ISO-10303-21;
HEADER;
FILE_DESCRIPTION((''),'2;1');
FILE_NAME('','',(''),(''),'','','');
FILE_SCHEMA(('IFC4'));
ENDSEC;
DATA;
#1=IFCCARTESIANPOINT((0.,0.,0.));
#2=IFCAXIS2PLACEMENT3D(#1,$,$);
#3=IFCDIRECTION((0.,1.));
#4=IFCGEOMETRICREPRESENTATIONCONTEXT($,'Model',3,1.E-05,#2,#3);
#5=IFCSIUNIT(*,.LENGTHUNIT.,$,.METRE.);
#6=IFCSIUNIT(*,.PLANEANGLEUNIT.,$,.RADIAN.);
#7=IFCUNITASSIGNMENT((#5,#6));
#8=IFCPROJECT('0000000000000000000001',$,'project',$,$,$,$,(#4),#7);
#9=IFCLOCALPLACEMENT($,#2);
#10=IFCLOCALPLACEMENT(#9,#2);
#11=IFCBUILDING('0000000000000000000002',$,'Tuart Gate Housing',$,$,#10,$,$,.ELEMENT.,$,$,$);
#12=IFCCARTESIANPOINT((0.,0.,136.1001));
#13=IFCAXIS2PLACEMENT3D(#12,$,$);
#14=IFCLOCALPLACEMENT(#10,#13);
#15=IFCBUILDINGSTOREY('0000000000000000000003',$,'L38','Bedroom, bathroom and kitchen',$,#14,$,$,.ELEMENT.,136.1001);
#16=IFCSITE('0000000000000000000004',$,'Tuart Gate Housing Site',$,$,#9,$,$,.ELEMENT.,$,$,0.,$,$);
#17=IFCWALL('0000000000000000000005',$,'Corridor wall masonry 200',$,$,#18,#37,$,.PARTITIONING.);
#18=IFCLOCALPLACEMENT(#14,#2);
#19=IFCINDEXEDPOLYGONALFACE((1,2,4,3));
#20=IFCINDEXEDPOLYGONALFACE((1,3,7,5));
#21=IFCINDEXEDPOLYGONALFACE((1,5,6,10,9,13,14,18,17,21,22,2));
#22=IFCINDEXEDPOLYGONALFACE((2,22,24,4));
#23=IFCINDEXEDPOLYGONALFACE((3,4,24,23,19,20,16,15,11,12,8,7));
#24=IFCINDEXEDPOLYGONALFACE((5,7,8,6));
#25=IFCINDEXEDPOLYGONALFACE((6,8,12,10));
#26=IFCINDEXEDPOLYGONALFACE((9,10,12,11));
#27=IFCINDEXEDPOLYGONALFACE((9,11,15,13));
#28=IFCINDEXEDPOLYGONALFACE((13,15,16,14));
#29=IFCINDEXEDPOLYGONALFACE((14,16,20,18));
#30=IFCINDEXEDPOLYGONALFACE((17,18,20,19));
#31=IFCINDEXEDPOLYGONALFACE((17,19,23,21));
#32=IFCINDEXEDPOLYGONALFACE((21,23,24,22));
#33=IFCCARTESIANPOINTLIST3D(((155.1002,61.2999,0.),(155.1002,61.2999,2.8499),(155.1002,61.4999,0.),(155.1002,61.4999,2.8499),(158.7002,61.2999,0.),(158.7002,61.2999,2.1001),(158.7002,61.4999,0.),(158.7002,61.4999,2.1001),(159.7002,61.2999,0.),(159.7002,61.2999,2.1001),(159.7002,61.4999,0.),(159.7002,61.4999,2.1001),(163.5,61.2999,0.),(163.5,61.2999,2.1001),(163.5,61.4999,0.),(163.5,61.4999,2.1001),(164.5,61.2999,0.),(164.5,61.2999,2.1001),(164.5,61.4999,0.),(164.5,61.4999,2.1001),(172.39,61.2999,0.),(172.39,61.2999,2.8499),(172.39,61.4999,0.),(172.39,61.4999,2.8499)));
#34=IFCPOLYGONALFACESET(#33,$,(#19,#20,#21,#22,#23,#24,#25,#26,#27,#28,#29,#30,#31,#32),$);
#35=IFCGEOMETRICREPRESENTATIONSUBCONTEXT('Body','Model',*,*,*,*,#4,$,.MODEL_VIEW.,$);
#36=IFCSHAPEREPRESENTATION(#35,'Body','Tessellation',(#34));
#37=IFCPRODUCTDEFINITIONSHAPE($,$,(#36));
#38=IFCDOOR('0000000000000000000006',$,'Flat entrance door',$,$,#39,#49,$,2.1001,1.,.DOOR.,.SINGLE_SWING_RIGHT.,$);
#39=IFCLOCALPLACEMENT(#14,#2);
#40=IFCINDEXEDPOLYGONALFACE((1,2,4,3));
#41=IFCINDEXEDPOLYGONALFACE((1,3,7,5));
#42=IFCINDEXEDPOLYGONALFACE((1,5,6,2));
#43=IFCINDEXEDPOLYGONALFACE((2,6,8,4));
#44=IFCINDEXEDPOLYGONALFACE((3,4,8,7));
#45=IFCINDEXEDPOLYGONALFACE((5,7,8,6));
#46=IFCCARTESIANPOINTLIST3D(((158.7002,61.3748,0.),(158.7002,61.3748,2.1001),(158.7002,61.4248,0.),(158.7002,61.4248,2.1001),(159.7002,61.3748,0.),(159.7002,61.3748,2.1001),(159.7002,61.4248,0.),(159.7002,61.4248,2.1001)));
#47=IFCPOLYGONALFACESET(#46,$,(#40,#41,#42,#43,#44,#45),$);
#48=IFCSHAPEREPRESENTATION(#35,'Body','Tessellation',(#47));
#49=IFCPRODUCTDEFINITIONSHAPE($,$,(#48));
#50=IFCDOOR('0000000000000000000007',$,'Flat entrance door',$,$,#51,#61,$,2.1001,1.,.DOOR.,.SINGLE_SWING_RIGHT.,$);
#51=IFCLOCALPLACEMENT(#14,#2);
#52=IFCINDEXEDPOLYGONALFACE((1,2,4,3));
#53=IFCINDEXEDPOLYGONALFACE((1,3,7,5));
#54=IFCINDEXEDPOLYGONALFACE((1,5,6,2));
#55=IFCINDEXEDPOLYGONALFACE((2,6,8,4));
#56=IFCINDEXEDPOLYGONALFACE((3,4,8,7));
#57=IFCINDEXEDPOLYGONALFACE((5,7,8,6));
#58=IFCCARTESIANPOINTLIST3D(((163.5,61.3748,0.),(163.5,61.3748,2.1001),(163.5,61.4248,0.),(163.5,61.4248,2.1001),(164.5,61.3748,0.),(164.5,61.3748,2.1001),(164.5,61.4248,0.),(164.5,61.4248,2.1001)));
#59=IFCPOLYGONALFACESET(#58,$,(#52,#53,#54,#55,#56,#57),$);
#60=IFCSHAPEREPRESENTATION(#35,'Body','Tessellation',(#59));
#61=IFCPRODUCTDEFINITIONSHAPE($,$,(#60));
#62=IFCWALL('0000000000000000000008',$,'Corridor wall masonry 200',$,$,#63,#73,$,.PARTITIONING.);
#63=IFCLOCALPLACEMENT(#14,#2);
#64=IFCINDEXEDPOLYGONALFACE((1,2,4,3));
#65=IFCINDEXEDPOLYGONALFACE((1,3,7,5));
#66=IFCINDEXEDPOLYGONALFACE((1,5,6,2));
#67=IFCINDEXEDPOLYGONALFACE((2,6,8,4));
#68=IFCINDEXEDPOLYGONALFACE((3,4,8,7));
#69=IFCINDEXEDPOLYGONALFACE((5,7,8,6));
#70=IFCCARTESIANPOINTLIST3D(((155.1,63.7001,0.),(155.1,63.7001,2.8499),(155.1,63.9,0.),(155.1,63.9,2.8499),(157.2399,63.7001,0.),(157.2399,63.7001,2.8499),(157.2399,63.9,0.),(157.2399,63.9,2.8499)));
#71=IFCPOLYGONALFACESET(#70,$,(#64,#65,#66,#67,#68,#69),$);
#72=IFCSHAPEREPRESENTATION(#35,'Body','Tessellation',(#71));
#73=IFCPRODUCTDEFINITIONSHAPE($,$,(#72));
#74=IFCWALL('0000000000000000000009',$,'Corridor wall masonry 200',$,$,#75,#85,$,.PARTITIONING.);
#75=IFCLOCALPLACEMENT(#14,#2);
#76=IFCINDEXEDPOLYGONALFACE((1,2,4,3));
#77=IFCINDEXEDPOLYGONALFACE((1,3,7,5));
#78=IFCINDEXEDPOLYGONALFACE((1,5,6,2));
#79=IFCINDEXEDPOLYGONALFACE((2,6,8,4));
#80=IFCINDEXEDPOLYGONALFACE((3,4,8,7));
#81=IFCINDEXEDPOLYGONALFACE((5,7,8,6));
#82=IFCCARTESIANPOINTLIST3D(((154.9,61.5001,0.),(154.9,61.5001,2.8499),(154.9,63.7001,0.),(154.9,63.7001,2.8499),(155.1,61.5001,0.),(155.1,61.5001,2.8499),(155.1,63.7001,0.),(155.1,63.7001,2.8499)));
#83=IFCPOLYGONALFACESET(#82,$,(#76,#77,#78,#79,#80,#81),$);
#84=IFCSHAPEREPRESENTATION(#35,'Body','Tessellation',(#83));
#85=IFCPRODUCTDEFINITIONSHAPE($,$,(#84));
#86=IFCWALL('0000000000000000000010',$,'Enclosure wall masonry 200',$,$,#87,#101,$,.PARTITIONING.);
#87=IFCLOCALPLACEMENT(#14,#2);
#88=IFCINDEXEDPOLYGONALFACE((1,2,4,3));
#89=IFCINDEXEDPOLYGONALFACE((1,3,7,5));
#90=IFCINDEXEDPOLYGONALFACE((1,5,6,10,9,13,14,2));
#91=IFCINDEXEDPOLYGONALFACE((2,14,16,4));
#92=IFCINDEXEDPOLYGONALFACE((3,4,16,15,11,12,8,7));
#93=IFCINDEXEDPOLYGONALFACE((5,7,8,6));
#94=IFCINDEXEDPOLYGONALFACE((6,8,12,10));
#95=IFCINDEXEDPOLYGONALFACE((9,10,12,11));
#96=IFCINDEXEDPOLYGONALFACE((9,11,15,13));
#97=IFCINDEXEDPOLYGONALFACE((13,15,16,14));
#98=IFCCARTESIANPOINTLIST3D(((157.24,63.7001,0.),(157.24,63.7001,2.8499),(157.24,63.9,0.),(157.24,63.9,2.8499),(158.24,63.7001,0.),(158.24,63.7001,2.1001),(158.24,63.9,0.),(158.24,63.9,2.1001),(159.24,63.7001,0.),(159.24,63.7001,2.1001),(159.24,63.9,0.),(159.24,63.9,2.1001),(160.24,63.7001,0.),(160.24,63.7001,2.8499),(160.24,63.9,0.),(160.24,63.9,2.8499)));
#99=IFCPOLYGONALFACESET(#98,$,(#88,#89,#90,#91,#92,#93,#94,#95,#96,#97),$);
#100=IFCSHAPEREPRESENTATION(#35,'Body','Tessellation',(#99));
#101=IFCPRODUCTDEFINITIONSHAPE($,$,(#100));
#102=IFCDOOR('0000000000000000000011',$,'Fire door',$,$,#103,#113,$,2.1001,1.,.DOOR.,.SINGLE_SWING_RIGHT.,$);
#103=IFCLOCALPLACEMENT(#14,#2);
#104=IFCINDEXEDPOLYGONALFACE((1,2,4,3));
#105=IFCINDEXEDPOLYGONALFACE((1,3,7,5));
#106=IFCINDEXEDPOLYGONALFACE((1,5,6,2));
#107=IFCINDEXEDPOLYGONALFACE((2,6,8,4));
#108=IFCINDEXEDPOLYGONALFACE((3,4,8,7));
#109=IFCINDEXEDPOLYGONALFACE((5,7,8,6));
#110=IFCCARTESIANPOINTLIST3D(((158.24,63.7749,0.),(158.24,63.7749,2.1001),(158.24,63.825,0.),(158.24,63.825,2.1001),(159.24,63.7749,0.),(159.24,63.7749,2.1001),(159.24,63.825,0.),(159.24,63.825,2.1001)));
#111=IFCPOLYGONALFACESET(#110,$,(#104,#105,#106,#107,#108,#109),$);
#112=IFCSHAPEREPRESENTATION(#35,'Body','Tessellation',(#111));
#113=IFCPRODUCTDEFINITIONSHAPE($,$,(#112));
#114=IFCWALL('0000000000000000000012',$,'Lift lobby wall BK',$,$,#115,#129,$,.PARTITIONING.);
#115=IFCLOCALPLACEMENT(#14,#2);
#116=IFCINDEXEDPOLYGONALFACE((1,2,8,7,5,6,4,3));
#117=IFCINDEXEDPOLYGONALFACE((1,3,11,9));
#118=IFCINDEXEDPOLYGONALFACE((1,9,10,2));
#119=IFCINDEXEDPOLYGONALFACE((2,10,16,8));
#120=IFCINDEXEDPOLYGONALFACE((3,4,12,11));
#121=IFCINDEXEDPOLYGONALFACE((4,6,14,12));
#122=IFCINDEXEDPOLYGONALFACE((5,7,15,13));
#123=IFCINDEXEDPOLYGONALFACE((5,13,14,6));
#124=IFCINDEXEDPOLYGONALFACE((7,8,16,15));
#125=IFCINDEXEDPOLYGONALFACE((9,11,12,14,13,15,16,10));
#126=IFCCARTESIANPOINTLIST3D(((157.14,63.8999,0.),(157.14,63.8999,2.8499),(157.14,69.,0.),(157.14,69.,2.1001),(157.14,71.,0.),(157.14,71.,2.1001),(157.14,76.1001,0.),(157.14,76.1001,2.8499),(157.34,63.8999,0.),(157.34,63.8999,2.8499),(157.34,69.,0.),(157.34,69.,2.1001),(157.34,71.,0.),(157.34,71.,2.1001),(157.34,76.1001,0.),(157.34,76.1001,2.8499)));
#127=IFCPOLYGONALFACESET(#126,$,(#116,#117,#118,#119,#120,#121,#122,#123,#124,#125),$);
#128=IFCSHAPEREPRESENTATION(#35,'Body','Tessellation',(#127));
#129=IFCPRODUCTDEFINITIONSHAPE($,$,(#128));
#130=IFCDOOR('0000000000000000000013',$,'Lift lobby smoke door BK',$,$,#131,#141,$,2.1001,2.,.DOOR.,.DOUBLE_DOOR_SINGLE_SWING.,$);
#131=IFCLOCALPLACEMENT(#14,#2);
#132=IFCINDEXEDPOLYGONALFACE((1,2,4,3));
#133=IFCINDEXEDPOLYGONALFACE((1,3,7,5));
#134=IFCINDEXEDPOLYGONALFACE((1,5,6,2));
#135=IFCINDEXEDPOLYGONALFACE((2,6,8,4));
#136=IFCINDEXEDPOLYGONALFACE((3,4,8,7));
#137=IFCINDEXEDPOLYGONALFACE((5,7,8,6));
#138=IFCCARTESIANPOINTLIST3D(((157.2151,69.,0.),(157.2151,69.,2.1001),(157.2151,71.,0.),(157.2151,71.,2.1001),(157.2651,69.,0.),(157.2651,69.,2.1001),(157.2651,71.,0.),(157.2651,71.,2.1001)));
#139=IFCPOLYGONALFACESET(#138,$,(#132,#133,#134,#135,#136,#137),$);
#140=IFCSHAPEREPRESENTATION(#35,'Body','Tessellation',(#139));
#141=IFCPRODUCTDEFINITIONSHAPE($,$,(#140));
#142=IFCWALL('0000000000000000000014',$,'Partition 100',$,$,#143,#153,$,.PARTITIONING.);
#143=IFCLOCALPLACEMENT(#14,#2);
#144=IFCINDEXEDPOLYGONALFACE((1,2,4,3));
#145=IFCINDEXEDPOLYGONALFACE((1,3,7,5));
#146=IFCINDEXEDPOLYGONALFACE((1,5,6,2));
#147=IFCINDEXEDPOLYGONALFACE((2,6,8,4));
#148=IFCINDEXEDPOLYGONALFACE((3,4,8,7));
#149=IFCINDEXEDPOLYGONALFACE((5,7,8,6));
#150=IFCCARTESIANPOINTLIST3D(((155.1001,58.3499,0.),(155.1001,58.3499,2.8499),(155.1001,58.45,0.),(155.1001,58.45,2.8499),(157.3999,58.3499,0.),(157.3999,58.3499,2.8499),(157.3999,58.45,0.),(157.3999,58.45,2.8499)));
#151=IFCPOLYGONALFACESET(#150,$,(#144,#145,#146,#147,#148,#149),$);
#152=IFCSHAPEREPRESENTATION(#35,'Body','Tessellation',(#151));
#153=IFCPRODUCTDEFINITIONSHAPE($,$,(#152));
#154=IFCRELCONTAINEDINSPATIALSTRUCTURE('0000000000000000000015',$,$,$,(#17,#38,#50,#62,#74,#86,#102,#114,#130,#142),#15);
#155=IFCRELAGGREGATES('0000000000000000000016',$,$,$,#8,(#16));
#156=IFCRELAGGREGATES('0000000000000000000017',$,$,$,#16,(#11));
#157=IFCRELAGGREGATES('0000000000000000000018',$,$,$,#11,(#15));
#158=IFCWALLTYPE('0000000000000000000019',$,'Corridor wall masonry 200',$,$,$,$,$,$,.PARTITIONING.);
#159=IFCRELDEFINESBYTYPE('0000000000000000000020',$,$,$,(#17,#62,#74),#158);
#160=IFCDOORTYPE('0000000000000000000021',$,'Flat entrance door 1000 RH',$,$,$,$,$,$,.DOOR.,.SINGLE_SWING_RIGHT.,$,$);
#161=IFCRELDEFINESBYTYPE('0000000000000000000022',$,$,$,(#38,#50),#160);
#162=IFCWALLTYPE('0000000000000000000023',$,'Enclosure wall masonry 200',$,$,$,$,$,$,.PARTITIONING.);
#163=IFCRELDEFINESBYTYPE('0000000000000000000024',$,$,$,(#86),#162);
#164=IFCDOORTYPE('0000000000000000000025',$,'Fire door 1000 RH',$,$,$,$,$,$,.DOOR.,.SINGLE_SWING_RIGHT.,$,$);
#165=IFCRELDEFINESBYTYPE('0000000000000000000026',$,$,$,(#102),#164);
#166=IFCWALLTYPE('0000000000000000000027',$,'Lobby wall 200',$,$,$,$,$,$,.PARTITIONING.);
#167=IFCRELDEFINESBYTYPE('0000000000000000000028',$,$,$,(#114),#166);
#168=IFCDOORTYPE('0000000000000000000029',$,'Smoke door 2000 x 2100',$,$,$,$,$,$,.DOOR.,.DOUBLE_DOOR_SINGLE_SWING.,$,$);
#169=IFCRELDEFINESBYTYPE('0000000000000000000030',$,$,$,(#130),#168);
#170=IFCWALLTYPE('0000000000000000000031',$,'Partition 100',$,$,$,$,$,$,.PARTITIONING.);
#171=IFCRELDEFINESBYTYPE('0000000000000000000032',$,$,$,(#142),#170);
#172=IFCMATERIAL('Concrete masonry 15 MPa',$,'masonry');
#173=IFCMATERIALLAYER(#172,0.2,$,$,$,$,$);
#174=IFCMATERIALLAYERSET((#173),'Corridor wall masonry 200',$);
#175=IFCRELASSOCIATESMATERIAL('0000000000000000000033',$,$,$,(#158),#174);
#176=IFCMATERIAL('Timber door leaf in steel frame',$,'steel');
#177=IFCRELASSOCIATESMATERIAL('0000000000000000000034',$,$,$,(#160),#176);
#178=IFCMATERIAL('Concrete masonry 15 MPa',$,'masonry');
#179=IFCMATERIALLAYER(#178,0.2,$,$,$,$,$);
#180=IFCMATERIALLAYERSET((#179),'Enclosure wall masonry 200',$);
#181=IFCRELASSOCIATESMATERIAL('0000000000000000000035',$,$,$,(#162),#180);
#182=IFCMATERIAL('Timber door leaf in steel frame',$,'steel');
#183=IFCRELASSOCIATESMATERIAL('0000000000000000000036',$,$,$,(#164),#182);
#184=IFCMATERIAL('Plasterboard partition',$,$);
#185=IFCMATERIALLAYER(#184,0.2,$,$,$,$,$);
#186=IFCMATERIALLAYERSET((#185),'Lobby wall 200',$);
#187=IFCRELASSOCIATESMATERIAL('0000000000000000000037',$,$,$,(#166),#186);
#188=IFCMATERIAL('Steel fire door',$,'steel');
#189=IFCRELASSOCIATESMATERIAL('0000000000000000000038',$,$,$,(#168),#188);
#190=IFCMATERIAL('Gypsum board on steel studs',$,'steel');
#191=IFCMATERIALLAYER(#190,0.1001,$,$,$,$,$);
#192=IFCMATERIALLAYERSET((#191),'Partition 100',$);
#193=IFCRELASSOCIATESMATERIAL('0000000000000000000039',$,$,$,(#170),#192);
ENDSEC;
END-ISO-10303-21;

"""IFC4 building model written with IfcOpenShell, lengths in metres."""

from ifc_helpers import new_model, si_unit, direction, frame, frame_2d, origin, place, context, subcontext, project, spatial, rectangle, extrude, material, layer, layer_set, type_object, element, fill, save


model = new_model("IFC4")

# Units and contexts
model_context = context("Model", 3, precision=1e-05, world=origin(), true_north=direction((0.0, 1.0)))
body_context = subcontext(model_context, "Body", "Model", "MODEL_VIEW")
ifc_project = project(units=[si_unit("LENGTHUNIT", "METRE"), si_unit("PLANEANGLEUNIT", "RADIAN")], contexts=[model_context])

# Site, building, storey
site_placement = place(None, origin())
site = spatial("IfcSite", under=ifc_project, at=site_placement, Name="Tuart Gate Housing Site", CompositionType="ELEMENT", RefElevation=0.0)
building_placement = place(site_placement, origin())
building = spatial("IfcBuilding", under=site, at=building_placement, Name="Tuart Gate Housing", CompositionType="ELEMENT")
storey_placement = place(building_placement, frame((0.0, 0.0, 136.1001)))
storey = spatial("IfcBuildingStorey", under=building, at=storey_placement, Name="L38", Description="Bedroom, bathroom and kitchen", CompositionType="ELEMENT", Elevation=136.1001)

# Wall, openings, doors
ifc_material_1 = material(Name="Concrete masonry 15 MPa", Category="masonry")
ifc_layer_1 = layer(ifc_material_1, 0.2)
ifc_layer_set_1 = layer_set([ifc_layer_1], Name="Corridor wall masonry 200")
wall_type_1 = type_object("IfcWallType", Name="Corridor wall masonry 200", PredefinedType="PARTITIONING", material=ifc_layer_set_1)
wall_1_placement = place(storey_placement, frame((155.1001, 61.3999, 0.0), z_axis=(0.0, 0.0, 1.0), x_axis=(1.0, 0.0, 0.0)))
wall_1 = element("IfcWall", 1, at=wall_1_placement, inside=storey, type_object=wall_type_1, Name="Corridor wall masonry 200", PredefinedType="PARTITIONING", context=body_context, shape_type="SweptSolid", body=[
    extrude(rectangle(XDim=17.2898, YDim=0.2, at=frame_2d((8.645, 0.0))), origin(), (0.0, 0.0, 1.0), 2.8499),
])
opening_1_placement = place(wall_1_placement, frame((3.6001, 0.0, 0.0)))
opening_1 = element("IfcOpeningElement", 2, at=opening_1_placement, cuts=wall_1, PredefinedType="OPENING", context=body_context, shape_type="SweptSolid", body=[
    extrude(rectangle(XDim=1.0, YDim=2.1001, at=frame_2d((0.5, 1.05))), frame((0.0, 0.1099, 0.0), z_axis=(0.0, -1.0, 0.0), x_axis=(1.0, 0.0, 0.0)), (0.0, 0.0, 1.0), 0.22),
])
opening_2_placement = place(wall_1_placement, frame((8.3999, 0.0, 0.0)))
opening_2 = element("IfcOpeningElement", 3, at=opening_2_placement, cuts=wall_1, PredefinedType="OPENING", context=body_context, shape_type="SweptSolid", body=[
    extrude(rectangle(XDim=1.0, YDim=2.1001, at=frame_2d((0.5, 1.05))), frame((0.0, 0.1099, 0.0), z_axis=(0.0, -1.0, 0.0), x_axis=(1.0, 0.0, 0.0)), (0.0, 0.0, 1.0), 0.22),
])
ifc_material_2 = material(Name="Timber door leaf in steel frame", Category="steel")
door_type_1 = type_object("IfcDoorType", Name="Flat entrance door 1000 RH", OperationType="SINGLE_SWING_RIGHT", PredefinedType="DOOR", material=ifc_material_2)
door_1_placement = place(opening_1_placement, frame((1.0, 0.0, 0.0), z_axis=(0.0, 0.0, 1.0), x_axis=(-1.0, 0.0, 0.0)))
door_1 = element("IfcDoor", 4, at=door_1_placement, inside=storey, type_object=door_type_1, Name="Flat entrance door", OperationType="SINGLE_SWING_RIGHT", OverallHeight=2.1001, OverallWidth=1.0, PredefinedType="DOOR", context=body_context, shape_type="SweptSolid", body=[
    extrude(rectangle(XDim=1.0, YDim=2.1001, at=frame_2d((0.5, 1.05))), frame((0.0, 0.0251, 0.0), z_axis=(0.0, -1.0, 0.0), x_axis=(1.0, 0.0, 0.0)), (0.0, 0.0, 1.0), 0.05),
])
fill(opening_1, door_1)
door_2_placement = place(opening_2_placement, frame((1.0, 0.0, 0.0), z_axis=(0.0, 0.0, 1.0), x_axis=(-1.0, 0.0, 0.0)))
door_2 = element("IfcDoor", 5, at=door_2_placement, inside=storey, type_object=door_type_1, Name="Flat entrance door", OperationType="SINGLE_SWING_RIGHT", OverallHeight=2.1001, OverallWidth=1.0, PredefinedType="DOOR", context=body_context, shape_type="SweptSolid", body=[
    extrude(rectangle(XDim=1.0, YDim=2.1001, at=frame_2d((0.5, 1.05))), frame((0.0, 0.0251, 0.0), z_axis=(0.0, -1.0, 0.0), x_axis=(1.0, 0.0, 0.0)), (0.0, 0.0, 1.0), 0.05),
])
fill(opening_2, door_2)

# Walls
wall_2_placement = place(storey_placement, frame((155.1001, 63.8, 0.0), z_axis=(0.0, 0.0, 1.0), x_axis=(1.0, 0.0, 0.0)))
element("IfcWall", 6, at=wall_2_placement, inside=storey, type_object=wall_type_1, Name="Corridor wall masonry 200", PredefinedType="PARTITIONING", context=body_context, shape_type="SweptSolid", body=[
    extrude(rectangle(XDim=2.1399, YDim=0.2, at=frame_2d((1.0698, 0.0))), origin(), (0.0, 0.0, 1.0), 2.8499),
])
wall_3_placement = place(storey_placement, frame((155.0, 61.5, 0.0), z_axis=(0.0, 0.0, 1.0), x_axis=(0.0, 1.0, 0.0)))
element("IfcWall", 7, at=wall_3_placement, inside=storey, type_object=wall_type_1, Name="Corridor wall masonry 200", PredefinedType="PARTITIONING", context=body_context, shape_type="SweptSolid", body=[
    extrude(rectangle(XDim=2.2, YDim=0.2, at=frame_2d((1.1001, 0.0))), origin(), (0.0, 0.0, 1.0), 2.8499),
])

# Walls, openings, doors
ifc_material_3 = material(Name="Concrete masonry 15 MPa", Category="masonry")
ifc_layer_2 = layer(ifc_material_3, 0.2)
ifc_layer_set_2 = layer_set([ifc_layer_2], Name="Enclosure wall masonry 200")
wall_type_2 = type_object("IfcWallType", Name="Enclosure wall masonry 200", PredefinedType="PARTITIONING", material=ifc_layer_set_2)
wall_4_placement = place(storey_placement, frame((157.24, 63.8, 0.0), z_axis=(0.0, 0.0, 1.0), x_axis=(1.0, 0.0, 0.0)))
wall_4 = element("IfcWall", 8, at=wall_4_placement, inside=storey, type_object=wall_type_2, Name="Enclosure wall masonry 200", PredefinedType="PARTITIONING", context=body_context, shape_type="SweptSolid", body=[
    extrude(rectangle(XDim=3.0, YDim=0.2, at=frame_2d((1.5, 0.0))), origin(), (0.0, 0.0, 1.0), 2.8499),
])
opening_3_placement = place(wall_4_placement, frame((1.0, 0.0, 0.0)))
opening_3 = element("IfcOpeningElement", 9, at=opening_3_placement, cuts=wall_4, PredefinedType="OPENING", context=body_context, shape_type="SweptSolid", body=[
    extrude(rectangle(XDim=1.0, YDim=2.1001, at=frame_2d((0.5, 1.05))), frame((0.0, 0.1099, 0.0), z_axis=(0.0, -1.0, 0.0), x_axis=(1.0, 0.0, 0.0)), (0.0, 0.0, 1.0), 0.22),
])
ifc_material_4 = material(Name="Timber door leaf in steel frame", Category="steel")
door_type_2 = type_object("IfcDoorType", Name="Fire door 1000 RH", OperationType="SINGLE_SWING_RIGHT", PredefinedType="DOOR", material=ifc_material_4)
door_3_placement = place(opening_3_placement, frame((1.0, 0.0, 0.0), z_axis=(0.0, 0.0, 1.0), x_axis=(-1.0, 0.0, 0.0)))
door_3 = element("IfcDoor", 10, at=door_3_placement, inside=storey, type_object=door_type_2, Name="Fire door", OperationType="SINGLE_SWING_RIGHT", OverallHeight=2.1001, OverallWidth=1.0, PredefinedType="DOOR", context=body_context, shape_type="SweptSolid", body=[
    extrude(rectangle(XDim=1.0, YDim=2.1001, at=frame_2d((0.5, 1.05))), frame((0.0, 0.0251, 0.0), z_axis=(0.0, -1.0, 0.0), x_axis=(1.0, 0.0, 0.0)), (0.0, 0.0, 1.0), 0.05),
])
fill(opening_3, door_3)
ifc_material_5 = material(Name="Plasterboard partition")
ifc_layer_3 = layer(ifc_material_5, 0.2)
ifc_layer_set_3 = layer_set([ifc_layer_3], Name="Lobby wall 200")
wall_type_3 = type_object("IfcWallType", Name="Lobby wall 200", PredefinedType="PARTITIONING", material=ifc_layer_set_3)
wall_5_placement = place(storey_placement, frame((157.24, 63.8999, 0.0), z_axis=(0.0, 0.0, 1.0), x_axis=(0.0, 1.0, 0.0)))
wall_5 = element("IfcWall", 11, at=wall_5_placement, inside=storey, type_object=wall_type_3, Name="Lift lobby wall BK", PredefinedType="PARTITIONING", context=body_context, shape_type="SweptSolid", body=[
    extrude(rectangle(XDim=12.2002, YDim=0.2, at=frame_2d((6.1001, 0.0))), origin(), (0.0, 0.0, 1.0), 2.8499),
])
opening_4_placement = place(wall_5_placement, frame((5.1001, 0.0, 0.0)))
opening_4 = element("IfcOpeningElement", 12, at=opening_4_placement, cuts=wall_5, PredefinedType="OPENING", context=body_context, shape_type="SweptSolid", body=[
    extrude(rectangle(XDim=2.0, YDim=2.1001, at=frame_2d((1.0, 1.05))), frame((0.0, 0.1099, 0.0), z_axis=(0.0, -1.0, 0.0), x_axis=(1.0, 0.0, 0.0)), (0.0, 0.0, 1.0), 0.22),
])
ifc_material_6 = material(Name="Steel fire door", Category="steel")
door_type_3 = type_object("IfcDoorType", Name="Smoke door 2000 x 2100", OperationType="DOUBLE_DOOR_SINGLE_SWING", PredefinedType="DOOR", material=ifc_material_6)
door_4_placement = place(opening_4_placement, frame((2.0, 0.0, 0.0), z_axis=(0.0, 0.0, 1.0), x_axis=(-1.0, 0.0, 0.0)))
door_4 = element("IfcDoor", 13, at=door_4_placement, inside=storey, type_object=door_type_3, Name="Lift lobby smoke door BK", OperationType="DOUBLE_DOOR_SINGLE_SWING", OverallHeight=2.1001, OverallWidth=2.0, PredefinedType="DOOR", context=body_context, shape_type="SweptSolid", body=[
    extrude(rectangle(XDim=2.0, YDim=2.1001, at=frame_2d((1.0, 1.05))), frame((0.0, 0.0251, 0.0), z_axis=(0.0, -1.0, 0.0), x_axis=(1.0, 0.0, 0.0)), (0.0, 0.0, 1.0), 0.05),
])
fill(opening_4, door_4)

# Wall
ifc_material_7 = material(Name="Gypsum board on steel studs", Category="steel")
ifc_layer_4 = layer(ifc_material_7, 0.1001)
ifc_layer_set_4 = layer_set([ifc_layer_4], Name="Partition 100")
wall_type_4 = type_object("IfcWallType", Name="Partition 100", PredefinedType="PARTITIONING", material=ifc_layer_set_4)
wall_6_placement = place(storey_placement, frame((155.1001, 58.3999, 0.0), z_axis=(0.0, 0.0, 1.0), x_axis=(1.0, 0.0, 0.0)))
element("IfcWall", 14, at=wall_6_placement, inside=storey, type_object=wall_type_4, Name="Partition 100", PredefinedType="PARTITIONING", context=body_context, shape_type="SweptSolid", body=[
    extrude(rectangle(XDim=2.2998, YDim=0.1001, at=frame_2d((1.1499, 0.0))), origin(), (0.0, 0.0, 1.0), 2.8499),
])

save(model, "model.ifc")
